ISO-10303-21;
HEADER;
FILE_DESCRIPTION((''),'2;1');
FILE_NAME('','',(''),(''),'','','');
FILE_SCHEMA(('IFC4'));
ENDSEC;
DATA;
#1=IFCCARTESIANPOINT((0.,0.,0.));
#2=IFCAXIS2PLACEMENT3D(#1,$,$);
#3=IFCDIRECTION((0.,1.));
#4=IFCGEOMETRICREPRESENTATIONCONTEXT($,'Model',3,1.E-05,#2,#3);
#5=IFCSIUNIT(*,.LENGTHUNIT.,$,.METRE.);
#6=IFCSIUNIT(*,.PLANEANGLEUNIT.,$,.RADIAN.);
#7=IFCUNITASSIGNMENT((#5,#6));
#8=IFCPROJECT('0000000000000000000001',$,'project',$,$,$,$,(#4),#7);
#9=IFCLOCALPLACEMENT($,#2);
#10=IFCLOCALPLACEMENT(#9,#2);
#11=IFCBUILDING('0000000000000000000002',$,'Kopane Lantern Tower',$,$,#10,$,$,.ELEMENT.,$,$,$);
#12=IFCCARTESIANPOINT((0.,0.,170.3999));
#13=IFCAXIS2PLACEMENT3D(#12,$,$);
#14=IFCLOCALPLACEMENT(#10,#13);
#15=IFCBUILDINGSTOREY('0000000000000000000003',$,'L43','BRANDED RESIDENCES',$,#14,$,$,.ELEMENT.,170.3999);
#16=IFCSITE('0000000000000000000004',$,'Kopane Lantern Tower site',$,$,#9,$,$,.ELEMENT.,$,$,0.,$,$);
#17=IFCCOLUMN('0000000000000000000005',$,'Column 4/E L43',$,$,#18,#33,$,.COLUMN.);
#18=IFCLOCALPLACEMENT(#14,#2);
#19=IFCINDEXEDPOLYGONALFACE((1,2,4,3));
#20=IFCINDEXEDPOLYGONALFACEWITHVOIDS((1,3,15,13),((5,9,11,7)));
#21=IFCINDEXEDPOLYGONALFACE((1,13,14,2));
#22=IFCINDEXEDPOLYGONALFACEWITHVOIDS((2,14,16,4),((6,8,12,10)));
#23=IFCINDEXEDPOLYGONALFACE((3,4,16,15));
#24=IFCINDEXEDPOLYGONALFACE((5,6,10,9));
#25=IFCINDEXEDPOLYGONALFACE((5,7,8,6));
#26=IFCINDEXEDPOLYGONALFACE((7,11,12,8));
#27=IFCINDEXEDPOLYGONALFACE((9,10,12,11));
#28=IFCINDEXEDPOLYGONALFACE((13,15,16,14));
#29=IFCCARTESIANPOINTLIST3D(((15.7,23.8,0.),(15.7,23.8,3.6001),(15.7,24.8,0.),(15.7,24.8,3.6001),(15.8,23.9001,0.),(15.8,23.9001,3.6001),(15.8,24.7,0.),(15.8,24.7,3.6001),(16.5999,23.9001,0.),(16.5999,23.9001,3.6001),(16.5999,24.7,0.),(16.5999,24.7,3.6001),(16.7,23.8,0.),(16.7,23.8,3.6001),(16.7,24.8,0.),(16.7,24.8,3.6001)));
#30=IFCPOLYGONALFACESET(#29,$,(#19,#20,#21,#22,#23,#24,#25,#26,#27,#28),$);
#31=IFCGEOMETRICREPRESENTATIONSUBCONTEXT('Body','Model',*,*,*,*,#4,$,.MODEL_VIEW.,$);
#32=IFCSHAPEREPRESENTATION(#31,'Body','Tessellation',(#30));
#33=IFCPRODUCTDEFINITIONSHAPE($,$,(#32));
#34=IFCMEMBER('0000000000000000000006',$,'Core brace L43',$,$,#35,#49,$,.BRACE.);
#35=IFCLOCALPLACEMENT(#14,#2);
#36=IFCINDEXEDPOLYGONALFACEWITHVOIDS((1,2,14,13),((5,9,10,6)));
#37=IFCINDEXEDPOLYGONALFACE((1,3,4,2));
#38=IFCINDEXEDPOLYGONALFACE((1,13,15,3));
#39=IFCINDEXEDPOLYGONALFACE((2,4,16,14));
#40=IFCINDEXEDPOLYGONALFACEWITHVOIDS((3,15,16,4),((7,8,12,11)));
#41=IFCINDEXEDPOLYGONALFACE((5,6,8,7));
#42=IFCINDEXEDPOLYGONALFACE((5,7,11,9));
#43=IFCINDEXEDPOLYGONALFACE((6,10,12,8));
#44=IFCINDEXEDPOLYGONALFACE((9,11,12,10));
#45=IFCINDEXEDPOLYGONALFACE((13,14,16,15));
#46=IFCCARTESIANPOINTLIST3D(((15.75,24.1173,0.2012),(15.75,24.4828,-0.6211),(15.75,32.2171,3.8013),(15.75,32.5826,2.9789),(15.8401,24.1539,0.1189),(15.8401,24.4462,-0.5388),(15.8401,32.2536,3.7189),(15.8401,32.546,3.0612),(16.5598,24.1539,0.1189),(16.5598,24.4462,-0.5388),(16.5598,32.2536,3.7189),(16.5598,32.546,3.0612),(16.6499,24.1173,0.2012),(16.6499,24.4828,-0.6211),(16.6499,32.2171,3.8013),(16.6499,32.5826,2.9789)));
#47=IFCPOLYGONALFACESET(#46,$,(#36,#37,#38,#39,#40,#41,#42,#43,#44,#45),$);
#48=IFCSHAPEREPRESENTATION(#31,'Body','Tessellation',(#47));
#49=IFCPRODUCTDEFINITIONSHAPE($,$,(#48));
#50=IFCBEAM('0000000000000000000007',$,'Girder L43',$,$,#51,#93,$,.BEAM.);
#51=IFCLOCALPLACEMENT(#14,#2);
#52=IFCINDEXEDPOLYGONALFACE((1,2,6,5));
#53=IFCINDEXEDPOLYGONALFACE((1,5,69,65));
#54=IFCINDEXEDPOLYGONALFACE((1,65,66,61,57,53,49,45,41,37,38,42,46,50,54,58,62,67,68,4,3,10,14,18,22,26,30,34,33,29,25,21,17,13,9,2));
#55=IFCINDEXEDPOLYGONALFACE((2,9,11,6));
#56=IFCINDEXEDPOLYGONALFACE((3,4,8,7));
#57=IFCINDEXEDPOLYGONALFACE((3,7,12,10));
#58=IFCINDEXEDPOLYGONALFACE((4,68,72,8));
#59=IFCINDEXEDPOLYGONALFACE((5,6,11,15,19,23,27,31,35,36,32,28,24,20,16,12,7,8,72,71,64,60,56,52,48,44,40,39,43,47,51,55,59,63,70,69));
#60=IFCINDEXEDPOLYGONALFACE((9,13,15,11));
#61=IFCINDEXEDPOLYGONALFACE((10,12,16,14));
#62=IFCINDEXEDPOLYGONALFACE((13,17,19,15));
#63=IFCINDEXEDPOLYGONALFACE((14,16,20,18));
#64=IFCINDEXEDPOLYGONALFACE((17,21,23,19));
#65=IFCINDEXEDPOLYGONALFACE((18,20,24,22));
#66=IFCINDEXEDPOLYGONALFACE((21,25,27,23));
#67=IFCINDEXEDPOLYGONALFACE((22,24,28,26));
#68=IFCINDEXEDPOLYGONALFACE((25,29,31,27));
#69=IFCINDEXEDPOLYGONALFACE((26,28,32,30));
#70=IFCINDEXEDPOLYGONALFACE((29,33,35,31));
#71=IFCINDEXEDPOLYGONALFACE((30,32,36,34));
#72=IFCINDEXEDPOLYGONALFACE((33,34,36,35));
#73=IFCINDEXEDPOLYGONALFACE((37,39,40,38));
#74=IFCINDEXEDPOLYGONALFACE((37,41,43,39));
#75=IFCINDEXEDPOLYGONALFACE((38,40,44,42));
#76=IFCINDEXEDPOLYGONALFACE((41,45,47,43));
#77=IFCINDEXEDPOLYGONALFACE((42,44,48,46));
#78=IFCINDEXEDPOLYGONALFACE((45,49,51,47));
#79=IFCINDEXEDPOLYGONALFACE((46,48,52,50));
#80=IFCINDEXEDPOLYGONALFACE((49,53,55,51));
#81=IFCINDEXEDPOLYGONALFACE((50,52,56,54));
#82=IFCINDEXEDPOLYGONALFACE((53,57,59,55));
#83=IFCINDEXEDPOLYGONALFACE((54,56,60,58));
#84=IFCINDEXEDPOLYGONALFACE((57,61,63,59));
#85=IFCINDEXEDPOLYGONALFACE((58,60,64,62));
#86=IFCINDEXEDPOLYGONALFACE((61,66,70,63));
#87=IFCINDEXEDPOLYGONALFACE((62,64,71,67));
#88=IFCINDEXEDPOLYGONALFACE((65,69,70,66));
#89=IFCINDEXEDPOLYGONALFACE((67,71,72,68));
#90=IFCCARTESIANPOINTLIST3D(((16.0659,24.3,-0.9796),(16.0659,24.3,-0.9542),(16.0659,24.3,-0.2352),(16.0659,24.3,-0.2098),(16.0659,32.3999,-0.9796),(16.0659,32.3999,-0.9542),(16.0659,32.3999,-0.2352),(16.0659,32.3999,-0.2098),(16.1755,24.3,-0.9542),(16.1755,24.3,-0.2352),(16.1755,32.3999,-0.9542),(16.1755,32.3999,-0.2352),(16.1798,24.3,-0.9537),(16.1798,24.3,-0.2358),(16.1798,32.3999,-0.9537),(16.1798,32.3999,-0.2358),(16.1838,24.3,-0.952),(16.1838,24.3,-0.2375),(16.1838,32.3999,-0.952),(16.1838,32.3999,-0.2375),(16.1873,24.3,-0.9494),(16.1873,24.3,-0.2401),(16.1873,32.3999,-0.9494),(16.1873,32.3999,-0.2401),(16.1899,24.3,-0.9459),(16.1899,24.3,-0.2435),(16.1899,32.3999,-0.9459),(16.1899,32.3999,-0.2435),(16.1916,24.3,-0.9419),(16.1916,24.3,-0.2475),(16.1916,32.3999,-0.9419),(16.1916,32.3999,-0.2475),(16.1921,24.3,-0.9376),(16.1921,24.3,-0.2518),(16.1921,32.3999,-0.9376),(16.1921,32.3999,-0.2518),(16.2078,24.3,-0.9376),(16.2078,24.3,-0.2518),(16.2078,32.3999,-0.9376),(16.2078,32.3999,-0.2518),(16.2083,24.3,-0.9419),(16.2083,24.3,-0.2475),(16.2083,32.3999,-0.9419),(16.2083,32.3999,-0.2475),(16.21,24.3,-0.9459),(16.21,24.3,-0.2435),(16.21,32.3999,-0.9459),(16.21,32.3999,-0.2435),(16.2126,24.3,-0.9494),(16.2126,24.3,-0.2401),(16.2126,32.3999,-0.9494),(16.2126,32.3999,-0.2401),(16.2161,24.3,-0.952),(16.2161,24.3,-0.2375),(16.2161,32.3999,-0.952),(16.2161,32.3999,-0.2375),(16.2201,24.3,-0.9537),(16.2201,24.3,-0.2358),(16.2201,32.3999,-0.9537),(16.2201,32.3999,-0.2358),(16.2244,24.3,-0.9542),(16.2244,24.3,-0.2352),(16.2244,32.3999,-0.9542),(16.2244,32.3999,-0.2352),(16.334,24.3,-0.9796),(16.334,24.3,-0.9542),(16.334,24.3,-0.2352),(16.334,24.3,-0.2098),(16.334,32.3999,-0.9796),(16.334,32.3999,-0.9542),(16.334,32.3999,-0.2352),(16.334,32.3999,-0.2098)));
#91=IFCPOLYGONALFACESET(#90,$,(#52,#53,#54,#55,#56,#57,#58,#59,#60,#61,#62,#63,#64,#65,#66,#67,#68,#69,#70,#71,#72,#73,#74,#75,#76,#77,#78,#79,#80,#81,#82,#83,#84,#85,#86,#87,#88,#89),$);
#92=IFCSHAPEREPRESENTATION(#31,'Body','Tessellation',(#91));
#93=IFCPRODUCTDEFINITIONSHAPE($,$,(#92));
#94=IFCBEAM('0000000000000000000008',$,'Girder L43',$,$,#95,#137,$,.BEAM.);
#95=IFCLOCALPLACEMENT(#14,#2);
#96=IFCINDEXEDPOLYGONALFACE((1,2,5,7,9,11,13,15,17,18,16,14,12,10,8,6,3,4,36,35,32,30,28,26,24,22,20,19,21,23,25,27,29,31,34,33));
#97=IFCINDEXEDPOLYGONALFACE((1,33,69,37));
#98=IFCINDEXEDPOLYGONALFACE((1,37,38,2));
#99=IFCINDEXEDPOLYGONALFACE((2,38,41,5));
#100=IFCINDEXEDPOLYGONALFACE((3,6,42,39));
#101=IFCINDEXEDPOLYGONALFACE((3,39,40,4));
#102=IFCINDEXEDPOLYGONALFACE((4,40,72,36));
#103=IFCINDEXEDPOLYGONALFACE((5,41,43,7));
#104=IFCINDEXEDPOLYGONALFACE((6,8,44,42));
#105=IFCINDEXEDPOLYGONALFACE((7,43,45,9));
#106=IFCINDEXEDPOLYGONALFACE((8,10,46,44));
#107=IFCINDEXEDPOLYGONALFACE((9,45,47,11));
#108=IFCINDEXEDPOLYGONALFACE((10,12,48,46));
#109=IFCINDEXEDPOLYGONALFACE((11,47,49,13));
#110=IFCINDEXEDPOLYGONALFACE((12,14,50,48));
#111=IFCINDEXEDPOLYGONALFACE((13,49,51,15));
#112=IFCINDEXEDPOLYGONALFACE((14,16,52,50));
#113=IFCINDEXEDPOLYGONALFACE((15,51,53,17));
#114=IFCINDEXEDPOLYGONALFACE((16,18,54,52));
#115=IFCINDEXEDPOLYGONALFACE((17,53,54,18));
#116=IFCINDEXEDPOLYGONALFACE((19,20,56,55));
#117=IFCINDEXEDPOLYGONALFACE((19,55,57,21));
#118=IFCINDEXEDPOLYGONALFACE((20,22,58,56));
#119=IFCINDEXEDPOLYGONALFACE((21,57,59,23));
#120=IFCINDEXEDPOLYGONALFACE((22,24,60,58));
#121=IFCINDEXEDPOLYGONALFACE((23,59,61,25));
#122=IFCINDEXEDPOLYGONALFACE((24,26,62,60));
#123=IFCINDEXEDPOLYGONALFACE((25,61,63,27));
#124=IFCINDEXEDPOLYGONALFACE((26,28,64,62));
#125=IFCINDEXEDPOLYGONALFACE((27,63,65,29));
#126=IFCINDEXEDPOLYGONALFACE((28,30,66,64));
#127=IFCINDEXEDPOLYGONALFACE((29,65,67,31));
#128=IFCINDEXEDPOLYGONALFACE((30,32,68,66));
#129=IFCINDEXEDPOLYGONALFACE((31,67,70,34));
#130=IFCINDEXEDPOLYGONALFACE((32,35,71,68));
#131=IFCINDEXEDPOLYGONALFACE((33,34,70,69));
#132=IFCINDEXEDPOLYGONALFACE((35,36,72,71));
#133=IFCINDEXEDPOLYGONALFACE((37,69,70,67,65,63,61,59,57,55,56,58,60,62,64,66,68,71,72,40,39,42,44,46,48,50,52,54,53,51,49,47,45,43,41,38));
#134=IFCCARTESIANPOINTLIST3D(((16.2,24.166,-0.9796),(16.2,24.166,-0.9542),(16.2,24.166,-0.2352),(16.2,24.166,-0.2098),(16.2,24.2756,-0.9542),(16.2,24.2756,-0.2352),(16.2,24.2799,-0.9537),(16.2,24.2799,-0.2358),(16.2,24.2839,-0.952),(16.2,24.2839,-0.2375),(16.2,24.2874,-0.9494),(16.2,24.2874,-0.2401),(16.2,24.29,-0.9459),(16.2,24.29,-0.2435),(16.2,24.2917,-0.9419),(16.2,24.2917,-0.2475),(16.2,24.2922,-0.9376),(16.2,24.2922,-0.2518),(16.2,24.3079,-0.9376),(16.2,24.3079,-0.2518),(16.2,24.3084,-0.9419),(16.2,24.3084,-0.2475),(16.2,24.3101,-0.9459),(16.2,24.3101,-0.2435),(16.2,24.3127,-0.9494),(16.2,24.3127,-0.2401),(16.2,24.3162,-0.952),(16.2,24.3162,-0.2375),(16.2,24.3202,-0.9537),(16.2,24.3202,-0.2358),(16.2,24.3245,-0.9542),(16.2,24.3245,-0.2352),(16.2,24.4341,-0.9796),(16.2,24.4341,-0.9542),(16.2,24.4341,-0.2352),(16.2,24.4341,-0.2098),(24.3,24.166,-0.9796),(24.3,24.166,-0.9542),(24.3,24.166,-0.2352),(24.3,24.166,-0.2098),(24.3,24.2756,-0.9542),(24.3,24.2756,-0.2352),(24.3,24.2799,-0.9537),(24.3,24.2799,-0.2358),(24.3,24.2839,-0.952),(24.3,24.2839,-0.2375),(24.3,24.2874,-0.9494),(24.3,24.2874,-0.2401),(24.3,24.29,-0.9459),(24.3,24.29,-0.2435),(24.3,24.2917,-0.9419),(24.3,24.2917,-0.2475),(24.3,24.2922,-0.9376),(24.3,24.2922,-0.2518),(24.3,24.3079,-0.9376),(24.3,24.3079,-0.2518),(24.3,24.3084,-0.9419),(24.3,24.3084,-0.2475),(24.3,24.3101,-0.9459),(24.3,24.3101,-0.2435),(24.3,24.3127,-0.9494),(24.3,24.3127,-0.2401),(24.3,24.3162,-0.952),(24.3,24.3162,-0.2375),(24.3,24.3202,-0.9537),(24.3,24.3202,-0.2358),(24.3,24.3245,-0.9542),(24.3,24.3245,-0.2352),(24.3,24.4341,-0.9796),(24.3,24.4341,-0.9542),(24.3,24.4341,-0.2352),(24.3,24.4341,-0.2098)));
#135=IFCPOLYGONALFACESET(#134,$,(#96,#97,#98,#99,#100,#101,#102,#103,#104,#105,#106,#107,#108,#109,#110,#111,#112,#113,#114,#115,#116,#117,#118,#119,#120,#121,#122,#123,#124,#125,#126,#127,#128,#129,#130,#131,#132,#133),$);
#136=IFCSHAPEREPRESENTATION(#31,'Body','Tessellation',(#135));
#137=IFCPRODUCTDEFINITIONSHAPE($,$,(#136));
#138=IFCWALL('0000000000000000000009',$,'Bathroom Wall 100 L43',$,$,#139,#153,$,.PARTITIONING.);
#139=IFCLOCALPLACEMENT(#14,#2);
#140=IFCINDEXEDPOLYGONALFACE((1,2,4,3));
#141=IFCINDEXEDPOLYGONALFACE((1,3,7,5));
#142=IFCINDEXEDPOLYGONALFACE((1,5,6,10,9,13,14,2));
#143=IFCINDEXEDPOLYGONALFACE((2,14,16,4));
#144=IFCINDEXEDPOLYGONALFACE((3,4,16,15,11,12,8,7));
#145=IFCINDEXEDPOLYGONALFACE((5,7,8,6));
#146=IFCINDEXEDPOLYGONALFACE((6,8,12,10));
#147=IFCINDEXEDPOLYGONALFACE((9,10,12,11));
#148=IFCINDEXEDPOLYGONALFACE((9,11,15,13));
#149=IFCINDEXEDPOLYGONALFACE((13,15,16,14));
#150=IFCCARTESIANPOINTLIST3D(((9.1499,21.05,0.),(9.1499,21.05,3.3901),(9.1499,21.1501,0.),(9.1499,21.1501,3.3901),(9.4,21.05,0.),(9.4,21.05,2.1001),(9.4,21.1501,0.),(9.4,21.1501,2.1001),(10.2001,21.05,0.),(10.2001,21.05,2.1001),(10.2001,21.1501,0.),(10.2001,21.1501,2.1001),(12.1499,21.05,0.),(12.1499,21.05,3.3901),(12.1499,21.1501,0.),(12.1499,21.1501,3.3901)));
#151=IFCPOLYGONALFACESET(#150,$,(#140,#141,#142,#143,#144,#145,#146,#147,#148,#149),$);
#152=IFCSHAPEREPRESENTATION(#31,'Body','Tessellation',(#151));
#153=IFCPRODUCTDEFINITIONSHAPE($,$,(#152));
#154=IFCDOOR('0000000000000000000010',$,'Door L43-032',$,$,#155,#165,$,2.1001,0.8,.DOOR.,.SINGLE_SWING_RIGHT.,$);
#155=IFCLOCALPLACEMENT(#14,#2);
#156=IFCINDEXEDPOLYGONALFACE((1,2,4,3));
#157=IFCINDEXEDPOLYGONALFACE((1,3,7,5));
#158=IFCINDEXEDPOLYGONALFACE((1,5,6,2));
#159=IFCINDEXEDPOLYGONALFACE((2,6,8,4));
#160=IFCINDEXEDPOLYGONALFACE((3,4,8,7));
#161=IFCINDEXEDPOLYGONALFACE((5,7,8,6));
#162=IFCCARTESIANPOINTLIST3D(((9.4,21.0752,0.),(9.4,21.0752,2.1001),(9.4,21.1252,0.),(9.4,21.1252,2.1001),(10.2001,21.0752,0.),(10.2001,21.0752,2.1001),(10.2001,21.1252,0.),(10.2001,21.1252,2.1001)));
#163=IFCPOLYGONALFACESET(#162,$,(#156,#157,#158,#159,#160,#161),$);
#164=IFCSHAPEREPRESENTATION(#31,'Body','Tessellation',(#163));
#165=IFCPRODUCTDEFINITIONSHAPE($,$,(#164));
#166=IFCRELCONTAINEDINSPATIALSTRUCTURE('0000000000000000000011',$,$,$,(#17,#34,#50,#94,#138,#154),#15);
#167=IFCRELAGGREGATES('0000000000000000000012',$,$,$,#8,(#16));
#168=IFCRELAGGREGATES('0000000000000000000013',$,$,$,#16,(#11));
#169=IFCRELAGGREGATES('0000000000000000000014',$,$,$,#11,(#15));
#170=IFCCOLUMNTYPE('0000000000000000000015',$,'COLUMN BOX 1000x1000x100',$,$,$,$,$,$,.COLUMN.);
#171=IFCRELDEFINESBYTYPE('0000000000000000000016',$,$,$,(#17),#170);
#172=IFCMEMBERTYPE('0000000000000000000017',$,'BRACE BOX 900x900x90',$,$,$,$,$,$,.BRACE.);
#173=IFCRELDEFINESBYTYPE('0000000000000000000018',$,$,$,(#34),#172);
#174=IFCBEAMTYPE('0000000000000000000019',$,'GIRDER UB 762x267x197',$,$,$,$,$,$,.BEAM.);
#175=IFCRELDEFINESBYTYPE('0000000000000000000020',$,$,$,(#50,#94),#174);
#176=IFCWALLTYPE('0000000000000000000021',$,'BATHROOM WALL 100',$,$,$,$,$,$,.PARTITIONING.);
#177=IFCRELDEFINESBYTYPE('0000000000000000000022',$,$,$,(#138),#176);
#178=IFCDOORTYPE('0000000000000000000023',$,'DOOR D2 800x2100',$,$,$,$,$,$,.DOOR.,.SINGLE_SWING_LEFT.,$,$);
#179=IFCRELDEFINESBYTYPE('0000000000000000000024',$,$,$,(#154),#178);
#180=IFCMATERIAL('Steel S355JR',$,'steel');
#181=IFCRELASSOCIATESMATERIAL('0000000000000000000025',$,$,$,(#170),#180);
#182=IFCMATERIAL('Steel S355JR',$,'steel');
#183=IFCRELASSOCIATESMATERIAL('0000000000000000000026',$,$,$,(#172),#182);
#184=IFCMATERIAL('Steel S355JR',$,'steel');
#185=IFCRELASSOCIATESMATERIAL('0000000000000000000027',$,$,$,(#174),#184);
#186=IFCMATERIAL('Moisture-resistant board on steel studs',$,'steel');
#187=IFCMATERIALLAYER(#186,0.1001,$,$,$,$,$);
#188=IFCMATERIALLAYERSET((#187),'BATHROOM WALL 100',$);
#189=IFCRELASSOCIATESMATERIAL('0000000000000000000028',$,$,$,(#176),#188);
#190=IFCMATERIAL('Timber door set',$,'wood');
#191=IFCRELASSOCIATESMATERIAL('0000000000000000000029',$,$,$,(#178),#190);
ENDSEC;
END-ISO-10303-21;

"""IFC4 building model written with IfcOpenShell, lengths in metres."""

from ifc_helpers import new_model, si_unit, direction, frame, frame_2d, origin, origin_2d, place, context, subcontext, project, spatial, rectangle, hollow_rectangle, i_section, extrude, material, layer, layer_set, material_profile, profile_set, type_object, element, fill, save


model = new_model("IFC4")

# Units and contexts
model_context = context("Model", 3, precision=1e-05, world=origin(), true_north=direction((0.0, 1.0)))
body_context = subcontext(model_context, "Body", "Model", "MODEL_VIEW")
ifc_project = project(units=[si_unit("LENGTHUNIT", "METRE"), si_unit("PLANEANGLEUNIT", "RADIAN")], contexts=[model_context])

# Site, building, storey
site_placement = place(None, origin())
site = spatial("IfcSite", under=ifc_project, at=site_placement, Name="Kopane Lantern Tower site", CompositionType="ELEMENT", RefElevation=0.0)
building_placement = place(site_placement, origin())
building = spatial("IfcBuilding", under=site, at=building_placement, Name="Kopane Lantern Tower", CompositionType="ELEMENT")
storey_placement = place(building_placement, frame((0.0, 0.0, 170.3999)))
storey = spatial("IfcBuildingStorey", under=building, at=storey_placement, Name="L43", Description="BRANDED RESIDENCES", CompositionType="ELEMENT", Elevation=170.3999)

# Column
ifc_material_1 = material(Name="Steel S355JR", Category="steel")
ifc_material_profile_1 = material_profile(ifc_material_1, hollow_rectangle(XDim=1.0, YDim=1.0, WallThickness=0.1001, at=origin_2d()), Name="BOX 1000x1000x100")
ifc_profile_set_1 = profile_set([ifc_material_profile_1], Name="Steel S355JR")
column_type = type_object("IfcColumnType", Name="COLUMN BOX 1000x1000x100", PredefinedType="COLUMN", material=ifc_profile_set_1)
column_placement = place(storey_placement, frame((16.2, 24.3, 0.0), z_axis=(0.0, 0.0, 1.0), x_axis=(1.0, 0.0, 0.0)))
element("IfcColumn", 1, at=column_placement, inside=storey, type_object=column_type, Name="Column 4/E L43", PredefinedType="COLUMN", context=body_context, shape_type="SweptSolid", body=[
    extrude(hollow_rectangle(XDim=1.0, YDim=1.0, WallThickness=0.1001, at=origin_2d()), origin(), (0.0, 0.0, 1.0), 3.6001),
])

# Member
ifc_material_2 = material(Name="Steel S355JR", Category="steel")
ifc_material_profile_2 = material_profile(ifc_material_2, hollow_rectangle(XDim=0.8999, YDim=0.8999, WallThickness=0.0901, at=origin_2d()), Name="BOX 900x900x90")
ifc_profile_set_2 = profile_set([ifc_material_profile_2], Name="Steel S355JR")
member_type = type_object("IfcMemberType", Name="BRACE BOX 900x900x90", PredefinedType="BRACE", material=ifc_profile_set_2)
member_placement = place(storey_placement, frame((16.2, 24.3, -0.21), z_axis=(0.0, 0.913805, 0.406154), x_axis=(-1.0, 0.0, 0.0)))
element("IfcMember", 2, at=member_placement, inside=storey, type_object=member_type, Name="Core brace L43", PredefinedType="BRACE", context=body_context, shape_type="SweptSolid", body=[
    extrude(hollow_rectangle(XDim=0.8999, YDim=0.8999, WallThickness=0.0901, at=origin_2d()), origin(), (0.0, 0.0, 1.0), 8.8638),
])

# Beams
ifc_material_3 = material(Name="Steel S355JR", Category="steel")
ifc_material_profile_3 = material_profile(ifc_material_3, i_section(OverallWidth=0.2681, OverallDepth=0.7698, WebThickness=0.0156, FlangeThickness=0.0254, FilletRadius=0.0166, at=origin_2d()), Name="UB 762x267x197")
ifc_profile_set_3 = profile_set([ifc_material_profile_3], Name="Steel S355JR")
beam_type = type_object("IfcBeamType", Name="GIRDER UB 762x267x197", PredefinedType="BEAM", material=ifc_profile_set_3)
beam_1_placement = place(storey_placement, frame((16.2, 24.3, -0.5947), z_axis=(0.0, 1.0, 0.0), x_axis=(-1.0, 0.0, 0.0)))
element("IfcBeam", 3, at=beam_1_placement, inside=storey, type_object=beam_type, Name="Girder L43", PredefinedType="BEAM", context=body_context, shape_type="SweptSolid", body=[
    extrude(i_section(OverallWidth=0.2681, OverallDepth=0.7698, WebThickness=0.0156, FlangeThickness=0.0254, FilletRadius=0.0166, at=origin_2d()), origin(), (0.0, 0.0, 1.0), 8.0999),
])
beam_2_placement = place(storey_placement, frame((16.2, 24.3, -0.5947), z_axis=(1.0, 0.0, 0.0), x_axis=(0.0, 1.0, 0.0)))
element("IfcBeam", 4, at=beam_2_placement, inside=storey, type_object=beam_type, Name="Girder L43", PredefinedType="BEAM", context=body_context, shape_type="SweptSolid", body=[
    extrude(i_section(OverallWidth=0.2681, OverallDepth=0.7698, WebThickness=0.0156, FlangeThickness=0.0254, FilletRadius=0.0166, at=origin_2d()), origin(), (0.0, 0.0, 1.0), 8.1001),
])

# Wall, opening, door
ifc_material_4 = material(Name="Moisture-resistant board on steel studs", Category="steel")
ifc_layer_1 = layer(ifc_material_4, 0.1001)
ifc_layer_set_1 = layer_set([ifc_layer_1], Name="BATHROOM WALL 100")
wall_type_1 = type_object("IfcWallType", Name="BATHROOM WALL 100", PredefinedType="PARTITIONING", material=ifc_layer_set_1)
wall_1_placement = place(storey_placement, frame((12.1499, 21.1001, 0.0), z_axis=(0.0, 0.0, 1.0), x_axis=(-1.0, 0.0, 0.0)))
wall_1 = element("IfcWall", 5, at=wall_1_placement, inside=storey, type_object=wall_type_1, Name="Bathroom Wall 100 L43", PredefinedType="PARTITIONING", context=body_context, shape_type="SweptSolid", body=[
    extrude(rectangle(XDim=3.0, YDim=0.1001, at=frame_2d((1.5, 0.0))), origin(), (0.0, 0.0, 1.0), 3.3901),
])
opening_1_placement = place(wall_1_placement, frame((1.95, 0.0, 0.0)))
opening_1 = element("IfcOpeningElement", 6, at=opening_1_placement, cuts=wall_1, PredefinedType="OPENING", context=body_context, shape_type="SweptSolid", body=[
    extrude(rectangle(XDim=0.8, YDim=2.1001, at=frame_2d((0.3999, 1.05))), frame((0.0, 0.0601, 0.0), z_axis=(0.0, -1.0, 0.0), x_axis=(1.0, 0.0, 0.0)), (0.0, 0.0, 1.0), 0.1201),
])
ifc_material_5 = material(Name="Timber door set", Category="wood")
door_type_1 = type_object("IfcDoorType", Name="DOOR D2 800x2100", OperationType="SINGLE_SWING_LEFT", PredefinedType="DOOR", material=ifc_material_5)
door_1_placement = place(opening_1_placement, origin())
door_1 = element("IfcDoor", 7, at=door_1_placement, inside=storey, type_object=door_type_1, Name="Door L43-032", OperationType="SINGLE_SWING_RIGHT", OverallHeight=2.1001, OverallWidth=0.8, PredefinedType="DOOR", context=body_context, shape_type="SweptSolid", body=[
    extrude(rectangle(XDim=0.8, YDim=2.1001, at=frame_2d((0.3999, 1.05))), frame((0.0, 0.0249, 0.0), z_axis=(0.0, -1.0, 0.0), x_axis=(1.0, 0.0, 0.0)), (0.0, 0.0, 1.0), 0.05),
])
fill(opening_1, door_1)

save(model, "model.ifc")
